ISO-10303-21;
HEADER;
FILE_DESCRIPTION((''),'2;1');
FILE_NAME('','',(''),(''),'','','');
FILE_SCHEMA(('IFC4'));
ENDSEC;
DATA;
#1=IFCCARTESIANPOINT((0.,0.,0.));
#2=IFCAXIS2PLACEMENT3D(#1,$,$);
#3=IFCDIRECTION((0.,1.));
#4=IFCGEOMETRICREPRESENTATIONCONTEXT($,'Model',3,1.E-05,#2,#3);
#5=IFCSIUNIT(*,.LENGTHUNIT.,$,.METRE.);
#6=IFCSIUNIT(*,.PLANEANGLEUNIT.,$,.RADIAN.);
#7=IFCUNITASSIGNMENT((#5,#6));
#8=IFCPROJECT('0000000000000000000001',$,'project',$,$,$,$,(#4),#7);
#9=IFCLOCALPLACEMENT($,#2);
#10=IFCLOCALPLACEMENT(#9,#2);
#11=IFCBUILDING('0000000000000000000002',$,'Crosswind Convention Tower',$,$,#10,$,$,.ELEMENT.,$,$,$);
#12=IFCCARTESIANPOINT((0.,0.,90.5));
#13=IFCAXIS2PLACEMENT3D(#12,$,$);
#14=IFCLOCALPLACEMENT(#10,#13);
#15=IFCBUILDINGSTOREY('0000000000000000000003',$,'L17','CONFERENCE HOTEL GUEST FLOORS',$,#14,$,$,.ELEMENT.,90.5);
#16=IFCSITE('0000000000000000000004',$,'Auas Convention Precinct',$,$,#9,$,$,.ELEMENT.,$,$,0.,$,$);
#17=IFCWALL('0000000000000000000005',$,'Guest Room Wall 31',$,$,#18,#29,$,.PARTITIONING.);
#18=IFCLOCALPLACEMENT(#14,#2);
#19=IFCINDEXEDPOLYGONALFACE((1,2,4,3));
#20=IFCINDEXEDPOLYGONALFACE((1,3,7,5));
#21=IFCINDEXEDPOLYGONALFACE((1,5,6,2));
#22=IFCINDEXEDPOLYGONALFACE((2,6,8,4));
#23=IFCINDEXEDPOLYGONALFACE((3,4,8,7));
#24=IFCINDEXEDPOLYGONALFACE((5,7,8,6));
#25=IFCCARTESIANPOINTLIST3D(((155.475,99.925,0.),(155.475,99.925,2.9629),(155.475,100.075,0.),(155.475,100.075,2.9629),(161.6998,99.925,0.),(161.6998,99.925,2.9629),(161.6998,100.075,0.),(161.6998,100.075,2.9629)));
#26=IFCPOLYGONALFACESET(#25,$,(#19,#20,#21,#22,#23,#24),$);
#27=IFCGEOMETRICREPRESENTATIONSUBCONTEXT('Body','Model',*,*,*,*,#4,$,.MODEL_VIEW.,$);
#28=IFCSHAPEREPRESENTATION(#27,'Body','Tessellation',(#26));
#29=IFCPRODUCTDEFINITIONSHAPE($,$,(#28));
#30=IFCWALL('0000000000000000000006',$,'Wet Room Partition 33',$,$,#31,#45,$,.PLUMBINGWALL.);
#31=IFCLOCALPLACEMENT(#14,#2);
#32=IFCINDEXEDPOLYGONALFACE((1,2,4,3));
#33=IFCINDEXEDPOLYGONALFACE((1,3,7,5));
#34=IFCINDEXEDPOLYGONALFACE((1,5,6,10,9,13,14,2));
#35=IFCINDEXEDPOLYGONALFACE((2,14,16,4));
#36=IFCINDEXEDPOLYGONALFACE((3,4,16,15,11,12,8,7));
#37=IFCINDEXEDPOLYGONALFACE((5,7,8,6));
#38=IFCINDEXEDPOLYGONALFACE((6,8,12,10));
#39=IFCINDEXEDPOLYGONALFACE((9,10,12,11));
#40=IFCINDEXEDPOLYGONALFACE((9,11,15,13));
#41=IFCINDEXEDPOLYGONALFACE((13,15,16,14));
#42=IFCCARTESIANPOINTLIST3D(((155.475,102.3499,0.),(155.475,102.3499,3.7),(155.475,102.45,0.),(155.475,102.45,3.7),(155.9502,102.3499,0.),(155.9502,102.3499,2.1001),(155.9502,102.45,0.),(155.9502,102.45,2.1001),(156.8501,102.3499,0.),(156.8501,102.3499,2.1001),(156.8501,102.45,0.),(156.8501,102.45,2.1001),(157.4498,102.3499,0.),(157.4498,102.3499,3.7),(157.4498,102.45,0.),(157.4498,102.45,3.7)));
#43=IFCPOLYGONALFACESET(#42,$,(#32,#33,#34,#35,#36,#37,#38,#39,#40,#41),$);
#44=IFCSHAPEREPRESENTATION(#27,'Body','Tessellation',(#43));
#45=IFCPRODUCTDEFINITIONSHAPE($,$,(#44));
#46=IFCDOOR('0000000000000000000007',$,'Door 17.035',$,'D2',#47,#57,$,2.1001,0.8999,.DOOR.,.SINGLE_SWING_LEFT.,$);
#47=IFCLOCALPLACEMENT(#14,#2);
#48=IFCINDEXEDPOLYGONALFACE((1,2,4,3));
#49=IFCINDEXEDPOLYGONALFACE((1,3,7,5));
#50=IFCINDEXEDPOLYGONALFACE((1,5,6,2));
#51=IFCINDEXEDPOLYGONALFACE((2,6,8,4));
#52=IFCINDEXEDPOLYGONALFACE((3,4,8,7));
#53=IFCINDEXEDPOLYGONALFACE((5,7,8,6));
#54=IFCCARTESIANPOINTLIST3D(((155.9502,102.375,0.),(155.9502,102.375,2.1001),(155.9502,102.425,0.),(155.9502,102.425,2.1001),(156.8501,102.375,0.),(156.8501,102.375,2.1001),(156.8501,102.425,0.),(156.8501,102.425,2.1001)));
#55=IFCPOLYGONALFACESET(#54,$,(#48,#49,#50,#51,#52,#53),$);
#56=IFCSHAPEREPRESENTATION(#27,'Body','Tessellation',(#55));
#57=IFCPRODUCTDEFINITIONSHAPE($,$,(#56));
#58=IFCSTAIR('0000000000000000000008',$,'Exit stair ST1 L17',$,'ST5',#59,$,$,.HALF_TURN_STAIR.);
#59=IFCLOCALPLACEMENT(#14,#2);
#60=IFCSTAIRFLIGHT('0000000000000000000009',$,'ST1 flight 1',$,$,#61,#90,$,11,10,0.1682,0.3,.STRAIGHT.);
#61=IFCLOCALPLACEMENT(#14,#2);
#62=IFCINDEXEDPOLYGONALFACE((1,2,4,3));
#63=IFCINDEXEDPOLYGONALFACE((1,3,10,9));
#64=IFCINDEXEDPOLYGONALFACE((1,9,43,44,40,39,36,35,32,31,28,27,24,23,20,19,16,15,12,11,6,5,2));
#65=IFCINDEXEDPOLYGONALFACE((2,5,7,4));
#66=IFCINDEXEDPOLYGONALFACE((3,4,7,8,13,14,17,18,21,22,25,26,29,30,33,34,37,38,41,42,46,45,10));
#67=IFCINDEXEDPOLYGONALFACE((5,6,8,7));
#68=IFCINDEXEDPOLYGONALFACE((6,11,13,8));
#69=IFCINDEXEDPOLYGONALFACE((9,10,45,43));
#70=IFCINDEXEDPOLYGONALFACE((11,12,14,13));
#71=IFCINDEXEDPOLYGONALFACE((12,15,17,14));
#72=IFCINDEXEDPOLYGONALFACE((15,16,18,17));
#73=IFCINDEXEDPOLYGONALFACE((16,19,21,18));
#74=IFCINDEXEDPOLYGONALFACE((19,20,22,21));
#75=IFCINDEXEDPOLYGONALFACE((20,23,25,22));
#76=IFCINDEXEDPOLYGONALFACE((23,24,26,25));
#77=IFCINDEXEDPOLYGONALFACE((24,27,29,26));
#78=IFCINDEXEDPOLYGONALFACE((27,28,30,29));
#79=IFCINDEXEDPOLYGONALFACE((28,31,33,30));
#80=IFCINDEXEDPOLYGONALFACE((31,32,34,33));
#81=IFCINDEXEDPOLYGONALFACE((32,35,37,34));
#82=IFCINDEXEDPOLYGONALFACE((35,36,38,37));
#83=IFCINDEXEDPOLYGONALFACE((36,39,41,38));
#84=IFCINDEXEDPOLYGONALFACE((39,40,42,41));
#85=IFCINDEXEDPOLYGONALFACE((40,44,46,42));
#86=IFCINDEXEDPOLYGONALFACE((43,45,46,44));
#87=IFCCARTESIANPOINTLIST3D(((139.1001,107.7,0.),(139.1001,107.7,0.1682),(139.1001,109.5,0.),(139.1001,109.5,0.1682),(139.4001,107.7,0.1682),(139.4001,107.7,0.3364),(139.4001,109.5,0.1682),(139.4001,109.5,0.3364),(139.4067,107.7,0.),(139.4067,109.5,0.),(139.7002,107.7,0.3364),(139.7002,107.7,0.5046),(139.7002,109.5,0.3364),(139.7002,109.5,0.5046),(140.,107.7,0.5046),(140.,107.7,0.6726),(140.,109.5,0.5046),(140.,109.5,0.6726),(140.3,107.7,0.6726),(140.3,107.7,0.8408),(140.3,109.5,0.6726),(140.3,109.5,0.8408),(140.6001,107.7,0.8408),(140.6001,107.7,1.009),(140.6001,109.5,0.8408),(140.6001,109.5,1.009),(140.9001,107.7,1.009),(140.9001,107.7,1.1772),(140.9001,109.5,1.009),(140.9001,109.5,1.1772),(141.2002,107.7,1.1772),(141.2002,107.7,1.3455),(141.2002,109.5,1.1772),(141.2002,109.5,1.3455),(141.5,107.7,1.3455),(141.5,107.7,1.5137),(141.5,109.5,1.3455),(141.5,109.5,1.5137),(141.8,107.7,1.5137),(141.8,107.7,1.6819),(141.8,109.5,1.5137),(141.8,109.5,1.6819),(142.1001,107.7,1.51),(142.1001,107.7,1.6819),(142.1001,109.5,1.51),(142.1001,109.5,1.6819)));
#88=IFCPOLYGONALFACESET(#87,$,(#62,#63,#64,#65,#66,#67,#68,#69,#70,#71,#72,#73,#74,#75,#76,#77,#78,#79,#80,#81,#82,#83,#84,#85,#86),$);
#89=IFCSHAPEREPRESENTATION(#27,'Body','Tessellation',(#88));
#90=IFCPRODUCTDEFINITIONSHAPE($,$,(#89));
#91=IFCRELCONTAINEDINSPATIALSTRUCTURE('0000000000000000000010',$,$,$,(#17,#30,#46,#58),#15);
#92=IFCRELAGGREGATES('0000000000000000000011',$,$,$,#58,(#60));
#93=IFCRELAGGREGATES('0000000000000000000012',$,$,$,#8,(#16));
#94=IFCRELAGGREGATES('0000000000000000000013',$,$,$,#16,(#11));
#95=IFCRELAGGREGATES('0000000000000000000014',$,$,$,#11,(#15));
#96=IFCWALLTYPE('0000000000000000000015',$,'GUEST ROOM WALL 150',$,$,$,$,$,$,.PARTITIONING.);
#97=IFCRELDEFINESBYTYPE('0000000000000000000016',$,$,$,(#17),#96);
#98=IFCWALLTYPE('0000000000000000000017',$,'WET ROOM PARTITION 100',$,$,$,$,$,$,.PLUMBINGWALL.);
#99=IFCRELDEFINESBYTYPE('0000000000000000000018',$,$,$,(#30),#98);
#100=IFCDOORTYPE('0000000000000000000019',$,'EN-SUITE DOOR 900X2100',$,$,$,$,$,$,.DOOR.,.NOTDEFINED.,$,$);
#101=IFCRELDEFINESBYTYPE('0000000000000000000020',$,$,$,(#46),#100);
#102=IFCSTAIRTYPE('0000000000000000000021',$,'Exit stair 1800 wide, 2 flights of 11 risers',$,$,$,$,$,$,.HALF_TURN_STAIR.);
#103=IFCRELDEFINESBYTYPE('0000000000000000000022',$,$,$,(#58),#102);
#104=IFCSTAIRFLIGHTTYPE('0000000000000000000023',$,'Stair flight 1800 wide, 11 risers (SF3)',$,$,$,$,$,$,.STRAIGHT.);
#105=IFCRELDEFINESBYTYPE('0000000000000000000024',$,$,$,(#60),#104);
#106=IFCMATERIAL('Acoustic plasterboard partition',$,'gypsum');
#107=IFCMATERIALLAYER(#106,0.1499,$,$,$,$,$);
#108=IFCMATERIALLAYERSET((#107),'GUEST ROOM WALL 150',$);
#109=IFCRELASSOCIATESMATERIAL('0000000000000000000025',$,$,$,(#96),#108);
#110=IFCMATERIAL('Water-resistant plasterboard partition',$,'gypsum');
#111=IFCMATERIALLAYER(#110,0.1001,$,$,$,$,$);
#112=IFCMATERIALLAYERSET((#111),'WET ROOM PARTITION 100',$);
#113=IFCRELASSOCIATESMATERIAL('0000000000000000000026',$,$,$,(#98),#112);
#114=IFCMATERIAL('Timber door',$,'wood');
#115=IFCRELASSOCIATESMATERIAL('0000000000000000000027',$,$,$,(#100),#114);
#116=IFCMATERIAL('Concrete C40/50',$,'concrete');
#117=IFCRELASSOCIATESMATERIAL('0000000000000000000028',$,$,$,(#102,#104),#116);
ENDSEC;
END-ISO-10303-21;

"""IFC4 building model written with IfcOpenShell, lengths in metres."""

from ifc_helpers import new_model, si_unit, direction, frame, frame_2d, origin, place, context, subcontext, project, spatial, polyline, rectangle, outline, extrude, material, layer, layer_set, type_object, element, fill, aggregate, save


model = new_model("IFC4")

# Units and contexts
model_context = context("Model", 3, precision=1e-05, world=origin(), true_north=direction((0.0, 1.0)))
body_context = subcontext(model_context, "Body", "Model", "MODEL_VIEW")
ifc_project = project(units=[si_unit("LENGTHUNIT", "METRE"), si_unit("PLANEANGLEUNIT", "RADIAN")], contexts=[model_context])

# Site, building, storey
site_placement = place(None, origin())
site = spatial("IfcSite", under=ifc_project, at=site_placement, Name="Auas Convention Precinct", CompositionType="ELEMENT", RefElevation=0.0)
building_placement = place(site_placement, origin())
building = spatial("IfcBuilding", under=site, at=building_placement, Name="Crosswind Convention Tower", CompositionType="ELEMENT")
storey_placement = place(building_placement, frame((0.0, 0.0, 90.5)))
storey = spatial("IfcBuildingStorey", under=building, at=storey_placement, Name="L17", Description="CONFERENCE HOTEL GUEST FLOORS", CompositionType="ELEMENT", Elevation=90.5)

# Shared definitions
ifc_material_1 = material(Name="Timber door", Category="wood")

# Wall
ifc_material_2 = material(Name="Acoustic plasterboard partition", Category="gypsum")
ifc_layer_1 = layer(ifc_material_2, 0.1499)
ifc_layer_set_1 = layer_set([ifc_layer_1], Name="GUEST ROOM WALL 150")
wall_type_1 = type_object("IfcWallType", Name="GUEST ROOM WALL 150", PredefinedType="PARTITIONING", material=ifc_layer_set_1)
wall_1_placement = place(storey_placement, frame((155.4751, 100.0, 0.0), z_axis=(0.0, 0.0, 1.0), x_axis=(1.0, 0.0, 0.0)))
element("IfcWall", 1, at=wall_1_placement, inside=storey, type_object=wall_type_1, Name="Guest Room Wall 31", PredefinedType="PARTITIONING", context=body_context, shape_type="SweptSolid", body=[
    extrude(rectangle(XDim=6.2249, YDim=0.1499, at=frame_2d((3.1123, 0.0))), origin(), (0.0, 0.0, 1.0), 2.9629),
])

# Wall, opening, door
ifc_material_3 = material(Name="Water-resistant plasterboard partition", Category="gypsum")
ifc_layer_2 = layer(ifc_material_3, 0.1001)
ifc_layer_set_2 = layer_set([ifc_layer_2], Name="WET ROOM PARTITION 100")
wall_type_2 = type_object("IfcWallType", Name="WET ROOM PARTITION 100", PredefinedType="PLUMBINGWALL", material=ifc_layer_set_2)
wall_2_placement = place(storey_placement, frame((155.4751, 102.3999, 0.0), z_axis=(0.0, 0.0, 1.0), x_axis=(1.0, 0.0, 0.0)))
wall_2 = element("IfcWall", 2, at=wall_2_placement, inside=storey, type_object=wall_type_2, Name="Wet Room Partition 33", PredefinedType="PLUMBINGWALL", context=body_context, shape_type="SweptSolid", body=[
    extrude(rectangle(XDim=1.9749, YDim=0.1001, at=frame_2d((0.9873, 0.0))), origin(), (0.0, 0.0, 1.0), 3.7),
])
opening_1_placement = place(wall_2_placement, frame((0.4751, 0.0, 0.0)))
opening_1 = element("IfcOpeningElement", 3, at=opening_1_placement, cuts=wall_2, PredefinedType="OPENING", context=body_context, shape_type="SweptSolid", body=[
    extrude(rectangle(XDim=0.8999, YDim=2.1001, at=frame_2d((0.45, 1.05))), frame((0.0, 0.0601, 0.0), z_axis=(0.0, -1.0, 0.0), x_axis=(1.0, 0.0, 0.0)), (0.0, 0.0, 1.0), 0.1201),
])
door_type_1 = type_object("IfcDoorType", Name="EN-SUITE DOOR 900X2100", OperationType="NOTDEFINED", PredefinedType="DOOR", material=ifc_material_1)
door_1_placement = place(opening_1_placement, frame((0.8999, 0.0, 0.0), z_axis=(0.0, 0.0, 1.0), x_axis=(-1.0, 0.0, 0.0)))
door_1 = element("IfcDoor", 4, at=door_1_placement, inside=storey, type_object=door_type_1, Name="Door 17.035", ObjectType="D2", OperationType="SINGLE_SWING_LEFT", OverallHeight=2.1001, OverallWidth=0.8999, PredefinedType="DOOR", context=body_context, shape_type="SweptSolid", body=[
    extrude(rectangle(XDim=0.8999, YDim=2.1001, at=frame_2d((0.45, 1.05))), frame((0.0, 0.0249, 0.0), z_axis=(0.0, -1.0, 0.0), x_axis=(1.0, 0.0, 0.0)), (0.0, 0.0, 1.0), 0.05),
])
fill(opening_1, door_1)

# Stair, stair flight
ifc_material_4 = material(Name="Concrete C40/50", Category="concrete")
stair_type = type_object("IfcStairType", Name="Exit stair 1800 wide, 2 flights of 11 risers", PredefinedType="HALF_TURN_STAIR", material=ifc_material_4)
stair_placement = place(storey_placement, origin())
stair = element("IfcStair", 5, at=stair_placement, inside=storey, type_object=stair_type, Name="Exit stair ST1 L17", ObjectType="ST5", PredefinedType="HALF_TURN_STAIR")
stair_flight_type = type_object("IfcStairFlightType", Name="Stair flight 1800 wide, 11 risers (SF3)", PredefinedType="STRAIGHT", material=ifc_material_4)
stair_flight_placement = place(storey_placement, frame((139.1001, 108.6001, 0.0), z_axis=(0.0, 0.0, 1.0), x_axis=(1.0, 0.0, 0.0)))
stair_flight = element("IfcStairFlight", 6, at=stair_flight_placement, type_object=stair_flight_type, Name="ST1 flight 1", NumberOfRisers=11, NumberOfTreads=10, PredefinedType="STRAIGHT", RiserHeight=0.1682, TreadLength=0.3, context=body_context, shape_type="SweptSolid", body=[
    extrude(outline(polyline([(0.0, 0.0), (0.0, 0.1682), (0.3, 0.1682), (0.3, 0.3364), (0.6001, 0.3364), (0.6001, 0.5046), (0.8999, 0.5046), (0.8999, 0.6726), (1.2, 0.6726), (1.2, 0.8408), (1.5, 0.8408), (1.5, 1.009), (1.8, 1.009), (1.8, 1.1772), (2.1001, 1.1772), (2.1001, 1.3455), (2.3999, 1.3455), (2.3999, 1.5137), (2.7, 1.5137), (2.7, 1.6819), (3.0, 1.6819), (3.0, 1.8501), (3.0, 1.51), (0.3066, 0.0), (0.0, 0.0)])), frame((0.0, 0.8999, 0.0), z_axis=(0.0, -1.0, 0.0), x_axis=(1.0, 0.0, 0.0)), (0.0, 0.0, 1.0), 1.8),
])
aggregate(stair, [stair_flight])

save(model, "model.ifc")
